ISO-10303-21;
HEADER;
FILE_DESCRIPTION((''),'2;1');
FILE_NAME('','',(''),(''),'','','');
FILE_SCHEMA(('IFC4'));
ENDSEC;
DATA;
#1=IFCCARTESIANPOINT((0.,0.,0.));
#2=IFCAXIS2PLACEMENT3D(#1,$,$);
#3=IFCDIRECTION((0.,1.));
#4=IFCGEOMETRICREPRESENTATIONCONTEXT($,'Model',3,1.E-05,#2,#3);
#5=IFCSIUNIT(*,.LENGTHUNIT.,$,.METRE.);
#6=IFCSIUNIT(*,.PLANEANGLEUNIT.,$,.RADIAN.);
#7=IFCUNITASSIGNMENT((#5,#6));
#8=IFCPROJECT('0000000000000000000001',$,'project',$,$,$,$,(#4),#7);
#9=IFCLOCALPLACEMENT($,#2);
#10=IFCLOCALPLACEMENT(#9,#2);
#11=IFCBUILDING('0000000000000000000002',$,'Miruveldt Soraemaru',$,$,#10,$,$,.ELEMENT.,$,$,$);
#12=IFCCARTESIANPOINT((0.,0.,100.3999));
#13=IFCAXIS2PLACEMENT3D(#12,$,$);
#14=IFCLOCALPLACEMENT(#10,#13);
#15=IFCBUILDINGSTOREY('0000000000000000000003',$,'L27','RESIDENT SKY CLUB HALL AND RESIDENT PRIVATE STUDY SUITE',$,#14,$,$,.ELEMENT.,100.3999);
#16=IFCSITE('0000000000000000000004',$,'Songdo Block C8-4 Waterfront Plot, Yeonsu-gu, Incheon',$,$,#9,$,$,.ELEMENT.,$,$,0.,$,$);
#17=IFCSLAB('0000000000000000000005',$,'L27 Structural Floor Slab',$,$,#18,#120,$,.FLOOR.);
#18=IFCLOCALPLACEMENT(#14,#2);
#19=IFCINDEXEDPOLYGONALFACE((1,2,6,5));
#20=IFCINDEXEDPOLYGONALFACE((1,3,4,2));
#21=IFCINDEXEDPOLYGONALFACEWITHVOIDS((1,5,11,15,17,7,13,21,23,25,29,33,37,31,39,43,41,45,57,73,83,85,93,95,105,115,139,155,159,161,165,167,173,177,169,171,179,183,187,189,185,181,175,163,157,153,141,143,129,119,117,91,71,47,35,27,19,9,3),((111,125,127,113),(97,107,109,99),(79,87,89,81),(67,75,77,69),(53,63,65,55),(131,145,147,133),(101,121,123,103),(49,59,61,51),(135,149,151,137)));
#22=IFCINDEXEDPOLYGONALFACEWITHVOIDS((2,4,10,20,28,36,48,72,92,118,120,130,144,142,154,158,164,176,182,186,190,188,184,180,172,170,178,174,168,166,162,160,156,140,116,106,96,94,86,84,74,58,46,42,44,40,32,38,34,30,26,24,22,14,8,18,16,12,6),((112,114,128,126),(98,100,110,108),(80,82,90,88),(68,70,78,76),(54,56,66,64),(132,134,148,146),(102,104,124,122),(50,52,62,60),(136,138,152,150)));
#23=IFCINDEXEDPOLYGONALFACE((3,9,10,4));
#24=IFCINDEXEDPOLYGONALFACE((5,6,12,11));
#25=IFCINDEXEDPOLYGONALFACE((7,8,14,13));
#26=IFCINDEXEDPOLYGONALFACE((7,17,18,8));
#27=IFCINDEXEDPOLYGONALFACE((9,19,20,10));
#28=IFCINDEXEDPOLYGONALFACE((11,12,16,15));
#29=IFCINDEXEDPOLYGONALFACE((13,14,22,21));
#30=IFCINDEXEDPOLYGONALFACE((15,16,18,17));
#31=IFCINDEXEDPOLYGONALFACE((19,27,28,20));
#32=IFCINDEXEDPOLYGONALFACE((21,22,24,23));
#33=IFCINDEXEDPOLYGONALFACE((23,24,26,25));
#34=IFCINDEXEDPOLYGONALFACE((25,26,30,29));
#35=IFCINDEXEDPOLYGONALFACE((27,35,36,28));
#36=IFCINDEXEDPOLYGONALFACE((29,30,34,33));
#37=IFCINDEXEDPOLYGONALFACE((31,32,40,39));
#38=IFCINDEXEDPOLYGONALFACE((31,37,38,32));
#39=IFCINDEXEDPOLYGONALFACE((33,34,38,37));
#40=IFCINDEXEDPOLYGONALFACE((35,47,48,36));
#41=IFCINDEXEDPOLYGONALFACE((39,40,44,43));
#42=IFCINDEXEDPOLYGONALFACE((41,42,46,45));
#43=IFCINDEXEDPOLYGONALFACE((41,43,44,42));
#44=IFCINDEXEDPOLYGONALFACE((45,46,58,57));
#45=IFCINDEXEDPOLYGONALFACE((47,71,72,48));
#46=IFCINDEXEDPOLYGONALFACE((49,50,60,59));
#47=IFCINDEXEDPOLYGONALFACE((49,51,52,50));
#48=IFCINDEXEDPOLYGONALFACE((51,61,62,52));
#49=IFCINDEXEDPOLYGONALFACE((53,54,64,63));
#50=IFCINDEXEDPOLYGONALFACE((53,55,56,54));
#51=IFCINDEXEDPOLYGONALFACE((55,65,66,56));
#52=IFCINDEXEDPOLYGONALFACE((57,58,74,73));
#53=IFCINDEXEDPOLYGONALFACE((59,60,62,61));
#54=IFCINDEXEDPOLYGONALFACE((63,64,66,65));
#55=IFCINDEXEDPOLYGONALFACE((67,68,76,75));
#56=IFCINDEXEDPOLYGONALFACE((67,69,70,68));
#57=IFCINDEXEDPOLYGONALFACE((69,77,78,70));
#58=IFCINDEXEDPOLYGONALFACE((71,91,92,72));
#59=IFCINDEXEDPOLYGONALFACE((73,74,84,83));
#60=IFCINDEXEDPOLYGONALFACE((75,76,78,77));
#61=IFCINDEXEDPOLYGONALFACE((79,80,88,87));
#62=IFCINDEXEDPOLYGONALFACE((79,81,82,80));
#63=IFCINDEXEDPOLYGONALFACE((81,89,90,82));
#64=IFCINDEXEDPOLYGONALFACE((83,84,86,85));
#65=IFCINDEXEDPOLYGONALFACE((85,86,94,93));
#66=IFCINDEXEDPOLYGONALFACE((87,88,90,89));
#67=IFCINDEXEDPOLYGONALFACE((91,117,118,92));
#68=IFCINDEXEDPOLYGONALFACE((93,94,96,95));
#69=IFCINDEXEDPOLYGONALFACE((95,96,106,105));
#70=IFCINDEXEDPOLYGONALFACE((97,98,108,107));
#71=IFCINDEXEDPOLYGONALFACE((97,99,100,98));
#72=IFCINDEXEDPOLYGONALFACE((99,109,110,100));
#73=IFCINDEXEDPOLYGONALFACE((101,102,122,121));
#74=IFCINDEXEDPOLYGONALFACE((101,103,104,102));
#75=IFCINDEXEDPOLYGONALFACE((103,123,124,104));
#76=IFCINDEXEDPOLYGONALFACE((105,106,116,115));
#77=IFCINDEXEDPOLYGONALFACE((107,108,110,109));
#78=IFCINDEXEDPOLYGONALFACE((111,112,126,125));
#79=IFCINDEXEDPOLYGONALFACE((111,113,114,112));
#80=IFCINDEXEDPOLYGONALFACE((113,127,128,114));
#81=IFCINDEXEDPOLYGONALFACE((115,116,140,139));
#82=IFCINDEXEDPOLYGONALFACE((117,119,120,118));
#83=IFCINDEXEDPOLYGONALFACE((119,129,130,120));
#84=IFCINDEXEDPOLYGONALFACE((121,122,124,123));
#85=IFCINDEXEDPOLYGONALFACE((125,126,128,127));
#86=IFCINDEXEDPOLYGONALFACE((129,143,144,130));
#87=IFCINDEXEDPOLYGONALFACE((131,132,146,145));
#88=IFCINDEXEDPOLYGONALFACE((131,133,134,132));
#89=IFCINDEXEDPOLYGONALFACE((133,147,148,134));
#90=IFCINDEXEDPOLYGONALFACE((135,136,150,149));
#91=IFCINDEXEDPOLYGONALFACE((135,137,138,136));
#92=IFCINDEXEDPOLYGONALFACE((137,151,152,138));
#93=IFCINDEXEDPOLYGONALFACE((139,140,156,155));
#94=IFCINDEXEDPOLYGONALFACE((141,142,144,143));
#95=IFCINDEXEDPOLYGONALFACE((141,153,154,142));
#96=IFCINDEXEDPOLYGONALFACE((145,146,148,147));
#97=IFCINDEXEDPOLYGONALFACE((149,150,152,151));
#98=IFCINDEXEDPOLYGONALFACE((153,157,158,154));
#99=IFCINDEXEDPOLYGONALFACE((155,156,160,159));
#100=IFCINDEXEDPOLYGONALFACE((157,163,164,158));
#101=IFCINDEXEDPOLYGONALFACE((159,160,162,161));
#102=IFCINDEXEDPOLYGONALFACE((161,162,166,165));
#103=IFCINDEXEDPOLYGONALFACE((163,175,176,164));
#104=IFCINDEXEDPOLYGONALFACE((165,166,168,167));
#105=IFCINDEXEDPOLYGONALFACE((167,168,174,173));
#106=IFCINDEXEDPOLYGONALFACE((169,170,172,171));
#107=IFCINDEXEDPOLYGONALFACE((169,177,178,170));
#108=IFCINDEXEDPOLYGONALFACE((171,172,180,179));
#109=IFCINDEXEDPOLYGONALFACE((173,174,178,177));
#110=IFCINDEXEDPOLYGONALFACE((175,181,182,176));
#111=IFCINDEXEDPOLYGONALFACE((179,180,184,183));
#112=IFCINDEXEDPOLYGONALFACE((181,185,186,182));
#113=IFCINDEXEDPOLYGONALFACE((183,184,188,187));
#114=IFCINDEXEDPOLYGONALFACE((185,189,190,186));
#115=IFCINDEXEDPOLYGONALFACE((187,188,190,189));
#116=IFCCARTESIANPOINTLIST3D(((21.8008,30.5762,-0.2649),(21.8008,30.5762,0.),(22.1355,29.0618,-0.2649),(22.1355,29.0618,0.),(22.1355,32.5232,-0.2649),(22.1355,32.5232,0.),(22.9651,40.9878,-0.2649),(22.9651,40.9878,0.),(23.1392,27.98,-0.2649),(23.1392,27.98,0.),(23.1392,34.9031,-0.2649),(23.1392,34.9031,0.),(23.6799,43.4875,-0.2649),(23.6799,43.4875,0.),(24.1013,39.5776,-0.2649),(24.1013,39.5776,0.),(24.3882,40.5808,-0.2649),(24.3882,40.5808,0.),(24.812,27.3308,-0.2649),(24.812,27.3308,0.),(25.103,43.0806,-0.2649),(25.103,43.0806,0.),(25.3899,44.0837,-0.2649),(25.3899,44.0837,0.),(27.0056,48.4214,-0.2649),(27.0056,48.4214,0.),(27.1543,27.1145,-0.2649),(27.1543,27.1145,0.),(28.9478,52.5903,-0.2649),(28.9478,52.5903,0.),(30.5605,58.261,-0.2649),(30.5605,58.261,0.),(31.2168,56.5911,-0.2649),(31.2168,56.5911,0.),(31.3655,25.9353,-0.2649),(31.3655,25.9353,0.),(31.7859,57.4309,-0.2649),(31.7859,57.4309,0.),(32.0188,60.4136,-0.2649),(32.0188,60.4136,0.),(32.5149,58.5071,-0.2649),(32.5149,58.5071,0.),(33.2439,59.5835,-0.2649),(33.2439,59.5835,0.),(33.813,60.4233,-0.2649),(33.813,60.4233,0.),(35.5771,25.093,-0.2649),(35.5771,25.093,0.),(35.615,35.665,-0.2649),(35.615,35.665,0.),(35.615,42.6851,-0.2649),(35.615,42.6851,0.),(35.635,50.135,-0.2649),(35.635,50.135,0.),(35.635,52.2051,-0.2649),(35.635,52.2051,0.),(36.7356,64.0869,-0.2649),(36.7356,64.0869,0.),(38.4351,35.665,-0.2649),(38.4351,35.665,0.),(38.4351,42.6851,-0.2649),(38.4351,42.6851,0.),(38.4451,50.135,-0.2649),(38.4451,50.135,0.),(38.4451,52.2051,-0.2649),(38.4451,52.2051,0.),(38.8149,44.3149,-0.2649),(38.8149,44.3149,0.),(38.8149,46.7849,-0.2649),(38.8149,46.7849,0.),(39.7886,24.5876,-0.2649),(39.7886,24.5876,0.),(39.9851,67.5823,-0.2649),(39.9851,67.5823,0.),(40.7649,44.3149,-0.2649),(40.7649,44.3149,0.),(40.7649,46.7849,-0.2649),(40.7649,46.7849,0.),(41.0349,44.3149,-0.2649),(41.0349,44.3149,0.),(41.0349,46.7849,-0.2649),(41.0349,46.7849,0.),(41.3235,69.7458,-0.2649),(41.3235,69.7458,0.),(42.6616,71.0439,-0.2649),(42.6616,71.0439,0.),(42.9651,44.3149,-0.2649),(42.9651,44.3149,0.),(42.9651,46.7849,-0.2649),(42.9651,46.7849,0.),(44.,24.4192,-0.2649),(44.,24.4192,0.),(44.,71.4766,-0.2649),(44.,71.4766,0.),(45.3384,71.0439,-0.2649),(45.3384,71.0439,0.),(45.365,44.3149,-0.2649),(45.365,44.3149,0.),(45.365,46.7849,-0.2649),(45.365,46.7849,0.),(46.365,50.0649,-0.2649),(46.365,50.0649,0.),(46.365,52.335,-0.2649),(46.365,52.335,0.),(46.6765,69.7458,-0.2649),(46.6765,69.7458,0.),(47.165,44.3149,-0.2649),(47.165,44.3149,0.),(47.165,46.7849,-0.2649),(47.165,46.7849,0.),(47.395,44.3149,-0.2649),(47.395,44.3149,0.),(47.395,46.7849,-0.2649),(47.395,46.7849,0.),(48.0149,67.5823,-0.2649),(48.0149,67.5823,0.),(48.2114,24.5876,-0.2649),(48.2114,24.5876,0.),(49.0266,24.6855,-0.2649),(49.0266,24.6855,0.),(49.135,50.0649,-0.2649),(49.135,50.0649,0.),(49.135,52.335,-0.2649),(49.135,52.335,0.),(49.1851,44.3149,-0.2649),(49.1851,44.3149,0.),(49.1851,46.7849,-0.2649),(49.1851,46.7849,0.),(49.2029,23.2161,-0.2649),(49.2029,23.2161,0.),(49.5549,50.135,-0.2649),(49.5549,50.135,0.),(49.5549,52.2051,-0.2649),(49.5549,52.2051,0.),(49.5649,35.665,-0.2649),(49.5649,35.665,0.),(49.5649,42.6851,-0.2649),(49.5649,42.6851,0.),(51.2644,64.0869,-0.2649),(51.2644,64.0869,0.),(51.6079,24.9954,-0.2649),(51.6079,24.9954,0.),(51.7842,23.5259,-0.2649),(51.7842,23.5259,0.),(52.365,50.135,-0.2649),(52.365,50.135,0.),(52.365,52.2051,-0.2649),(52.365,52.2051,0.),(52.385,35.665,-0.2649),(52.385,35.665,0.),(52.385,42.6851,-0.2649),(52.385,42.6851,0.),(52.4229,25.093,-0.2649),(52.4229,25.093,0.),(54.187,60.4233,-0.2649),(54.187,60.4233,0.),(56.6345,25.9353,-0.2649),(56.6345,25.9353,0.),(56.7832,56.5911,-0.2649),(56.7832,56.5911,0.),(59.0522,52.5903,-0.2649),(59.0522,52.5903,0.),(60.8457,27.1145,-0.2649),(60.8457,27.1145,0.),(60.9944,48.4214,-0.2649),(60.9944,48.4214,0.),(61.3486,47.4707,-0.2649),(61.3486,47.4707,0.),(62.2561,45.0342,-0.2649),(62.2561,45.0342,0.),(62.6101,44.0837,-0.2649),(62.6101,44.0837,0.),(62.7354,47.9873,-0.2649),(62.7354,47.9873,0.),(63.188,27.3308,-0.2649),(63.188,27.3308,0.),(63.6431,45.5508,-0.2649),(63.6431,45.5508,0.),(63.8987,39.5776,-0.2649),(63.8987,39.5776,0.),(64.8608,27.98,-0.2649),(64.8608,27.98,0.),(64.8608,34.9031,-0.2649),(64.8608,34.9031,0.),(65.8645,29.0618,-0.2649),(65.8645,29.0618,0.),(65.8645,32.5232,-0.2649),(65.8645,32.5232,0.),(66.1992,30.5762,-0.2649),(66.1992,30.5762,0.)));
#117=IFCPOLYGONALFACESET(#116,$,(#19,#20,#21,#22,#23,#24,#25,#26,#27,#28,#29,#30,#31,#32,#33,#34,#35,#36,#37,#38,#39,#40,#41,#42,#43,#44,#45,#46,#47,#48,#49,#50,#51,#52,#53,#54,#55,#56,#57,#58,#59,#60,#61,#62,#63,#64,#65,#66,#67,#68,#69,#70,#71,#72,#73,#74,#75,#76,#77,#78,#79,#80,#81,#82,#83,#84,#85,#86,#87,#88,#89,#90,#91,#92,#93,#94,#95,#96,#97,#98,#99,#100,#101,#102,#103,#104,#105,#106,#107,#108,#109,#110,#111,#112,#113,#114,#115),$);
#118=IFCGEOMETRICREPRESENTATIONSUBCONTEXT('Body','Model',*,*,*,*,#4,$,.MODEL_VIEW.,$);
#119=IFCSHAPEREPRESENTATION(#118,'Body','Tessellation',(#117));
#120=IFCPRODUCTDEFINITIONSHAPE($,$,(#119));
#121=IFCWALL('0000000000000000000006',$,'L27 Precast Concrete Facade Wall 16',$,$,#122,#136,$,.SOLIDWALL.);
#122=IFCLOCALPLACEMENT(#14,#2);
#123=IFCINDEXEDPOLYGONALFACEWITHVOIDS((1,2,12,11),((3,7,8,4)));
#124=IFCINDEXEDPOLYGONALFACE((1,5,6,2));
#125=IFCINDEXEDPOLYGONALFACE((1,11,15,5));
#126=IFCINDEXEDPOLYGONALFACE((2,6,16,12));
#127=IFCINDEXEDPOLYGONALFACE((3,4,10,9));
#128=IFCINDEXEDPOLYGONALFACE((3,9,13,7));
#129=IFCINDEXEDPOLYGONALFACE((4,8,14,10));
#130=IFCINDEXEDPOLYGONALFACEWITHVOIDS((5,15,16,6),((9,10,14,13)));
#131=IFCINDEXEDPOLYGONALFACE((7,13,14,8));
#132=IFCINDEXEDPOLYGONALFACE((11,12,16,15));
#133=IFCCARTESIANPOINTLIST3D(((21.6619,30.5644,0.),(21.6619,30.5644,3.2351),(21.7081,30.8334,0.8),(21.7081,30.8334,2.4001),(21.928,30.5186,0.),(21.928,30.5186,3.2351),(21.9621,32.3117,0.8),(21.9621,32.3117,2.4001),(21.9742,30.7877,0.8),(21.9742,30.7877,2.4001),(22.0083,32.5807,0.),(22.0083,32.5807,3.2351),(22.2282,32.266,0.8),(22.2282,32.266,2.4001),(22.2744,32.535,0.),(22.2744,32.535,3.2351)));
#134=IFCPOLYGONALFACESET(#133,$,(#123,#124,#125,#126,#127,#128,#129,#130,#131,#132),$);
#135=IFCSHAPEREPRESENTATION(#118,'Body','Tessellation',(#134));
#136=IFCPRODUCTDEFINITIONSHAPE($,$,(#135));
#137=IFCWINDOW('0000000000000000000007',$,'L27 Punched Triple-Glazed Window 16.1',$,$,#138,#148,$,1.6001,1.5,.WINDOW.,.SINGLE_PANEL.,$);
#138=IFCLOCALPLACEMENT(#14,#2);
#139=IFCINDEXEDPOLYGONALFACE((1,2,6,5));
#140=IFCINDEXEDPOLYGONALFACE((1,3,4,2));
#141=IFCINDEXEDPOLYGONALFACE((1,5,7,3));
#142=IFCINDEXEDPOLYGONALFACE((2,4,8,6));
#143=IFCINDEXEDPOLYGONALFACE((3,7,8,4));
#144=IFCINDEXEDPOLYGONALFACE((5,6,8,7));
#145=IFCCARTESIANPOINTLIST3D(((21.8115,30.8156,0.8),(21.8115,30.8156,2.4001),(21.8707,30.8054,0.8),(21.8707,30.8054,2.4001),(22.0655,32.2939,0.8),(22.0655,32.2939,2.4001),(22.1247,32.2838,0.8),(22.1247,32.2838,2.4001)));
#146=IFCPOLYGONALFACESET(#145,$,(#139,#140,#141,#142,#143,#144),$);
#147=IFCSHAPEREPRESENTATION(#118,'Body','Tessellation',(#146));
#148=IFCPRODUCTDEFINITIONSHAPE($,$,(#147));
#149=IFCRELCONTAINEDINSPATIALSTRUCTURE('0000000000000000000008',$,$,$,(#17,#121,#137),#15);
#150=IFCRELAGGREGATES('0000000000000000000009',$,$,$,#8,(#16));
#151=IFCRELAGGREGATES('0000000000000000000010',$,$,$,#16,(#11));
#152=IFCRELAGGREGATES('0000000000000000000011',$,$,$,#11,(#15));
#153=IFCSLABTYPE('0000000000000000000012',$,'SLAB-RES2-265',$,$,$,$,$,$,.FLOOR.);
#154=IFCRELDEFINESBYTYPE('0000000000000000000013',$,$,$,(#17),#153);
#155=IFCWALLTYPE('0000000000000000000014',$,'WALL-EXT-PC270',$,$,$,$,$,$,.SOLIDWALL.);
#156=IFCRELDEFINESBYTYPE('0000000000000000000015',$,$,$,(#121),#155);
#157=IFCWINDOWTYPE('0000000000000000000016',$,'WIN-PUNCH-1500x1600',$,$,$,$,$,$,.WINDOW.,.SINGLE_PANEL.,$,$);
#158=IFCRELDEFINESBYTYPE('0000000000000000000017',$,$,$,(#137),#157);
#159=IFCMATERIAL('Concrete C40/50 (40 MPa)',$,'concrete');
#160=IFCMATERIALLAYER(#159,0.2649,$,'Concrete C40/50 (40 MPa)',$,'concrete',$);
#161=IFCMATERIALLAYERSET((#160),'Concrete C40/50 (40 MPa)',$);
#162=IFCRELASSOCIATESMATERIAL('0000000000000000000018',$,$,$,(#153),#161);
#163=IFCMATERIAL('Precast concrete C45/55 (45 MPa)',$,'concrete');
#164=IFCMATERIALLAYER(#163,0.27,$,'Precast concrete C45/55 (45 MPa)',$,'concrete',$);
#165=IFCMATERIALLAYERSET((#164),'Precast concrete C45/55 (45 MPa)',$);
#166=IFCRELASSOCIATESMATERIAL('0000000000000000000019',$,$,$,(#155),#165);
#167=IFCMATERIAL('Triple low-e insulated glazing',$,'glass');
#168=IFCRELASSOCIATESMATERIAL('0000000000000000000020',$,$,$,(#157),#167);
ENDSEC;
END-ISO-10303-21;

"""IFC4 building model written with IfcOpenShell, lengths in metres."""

from ifc_helpers import new_model, si_unit, direction, frame, frame_2d, origin, place, context, subcontext, project, spatial, polyline, rectangle, outline, extrude, material, layer, layer_set, type_object, element, fill, save


model = new_model("IFC4")

# Units and contexts
model_context = context("Model", 3, precision=1e-05, world=origin(), true_north=direction((0.0, 1.0)))
body_context = subcontext(model_context, "Body", "Model", "MODEL_VIEW")
ifc_project = project(units=[si_unit("LENGTHUNIT", "METRE"), si_unit("PLANEANGLEUNIT", "RADIAN")], contexts=[model_context])

# Site, building, storey
site_placement = place(None, origin())
site = spatial("IfcSite", under=ifc_project, at=site_placement, Name="Songdo Block C8-4 Waterfront Plot, Yeonsu-gu, Incheon", CompositionType="ELEMENT", RefElevation=0.0)
building_placement = place(site_placement, origin())
building = spatial("IfcBuilding", under=site, at=building_placement, Name="Miruveldt Soraemaru", CompositionType="ELEMENT")
storey_placement = place(building_placement, frame((0.0, 0.0, 100.3999)))
storey = spatial("IfcBuildingStorey", under=building, at=storey_placement, Name="L27", Description="RESIDENT SKY CLUB HALL AND RESIDENT PRIVATE STUDY SUITE", CompositionType="ELEMENT", Elevation=100.3999)

# Shared definitions
ifc_material_1 = material(Name="Concrete C40/50 (40 MPa)", Category="concrete")

# Slab
ifc_layer_1 = layer(ifc_material_1, 0.2649, Name="Concrete C40/50 (40 MPa)", Category="concrete")
ifc_layer_set_1 = layer_set([ifc_layer_1], Name="Concrete C40/50 (40 MPa)")
slab_type_1 = type_object("IfcSlabType", Name="SLAB-RES2-265", PredefinedType="FLOOR", material=ifc_layer_set_1)
slab_1_placement = place(storey_placement, frame((0.0, 0.0, -0.2649)))
element("IfcSlab", 1, at=slab_1_placement, inside=storey, type_object=slab_type_1, Name="L27 Structural Floor Slab", PredefinedType="FLOOR", context=body_context, shape_type="SweptSolid", body=[
    extrude(outline(polyline([(22.9651, 40.9878), (23.6799, 43.4875), (25.103, 43.0806), (25.3899, 44.0837), (27.0056, 48.4214), (28.9478, 52.5903), (31.2168, 56.5911), (31.7859, 57.4309), (30.5605, 58.261), (32.0188, 60.4136), (33.2439, 59.5835), (32.5149, 58.5071), (33.813, 60.4233), (36.7356, 64.0869), (39.9851, 67.5823), (41.3235, 69.7458), (42.6616, 71.0439), (44.0, 71.4766), (45.3384, 71.0439), (46.6765, 69.7458), (48.0149, 67.5823), (51.2644, 64.0869), (54.187, 60.4233), (56.7832, 56.5911), (59.0522, 52.5903), (60.9944, 48.4214), (61.3486, 47.4707), (62.7354, 47.9873), (63.6431, 45.5508), (62.2561, 45.0342), (61.8022, 46.2524), (62.6101, 44.0837), (63.8987, 39.5776), (64.8608, 34.9031), (65.8645, 32.5232), (66.1992, 30.5762), (65.8645, 29.0618), (64.8608, 27.98), (63.188, 27.3308), (60.8457, 27.1145), (56.6345, 25.9353), (52.4229, 25.093), (51.6079, 24.9954), (51.7842, 23.5259), (49.2029, 23.2161), (49.0266, 24.6855), (50.3171, 24.8403), (48.2114, 24.5876), (44.0, 24.4192), (39.7886, 24.5876), (35.5771, 25.093), (31.3655, 25.9353), (27.1543, 27.1145), (24.812, 27.3308), (23.1392, 27.98), (22.1355, 29.0618), (21.8008, 30.5762), (22.1355, 32.5232), (23.1392, 34.9031), (24.1013, 39.5776), (24.3882, 40.5808), (22.9651, 40.9878)]), holes=[polyline([(35.615, 35.665), (38.4351, 35.665), (38.4351, 42.6851), (35.615, 42.6851), (35.615, 35.665)]), polyline([(49.5649, 35.665), (52.385, 35.665), (52.385, 42.6851), (49.5649, 42.6851), (49.5649, 35.665)]), polyline([(40.7649, 44.3149), (40.7649, 46.7849), (38.8149, 46.7849), (38.8149, 44.3149), (40.7649, 44.3149)]), polyline([(42.9651, 44.3149), (42.9651, 46.7849), (41.0349, 46.7849), (41.0349, 44.3149), (42.9651, 44.3149)]), polyline([(47.165, 44.3149), (47.165, 46.7849), (45.365, 46.7849), (45.365, 44.3149), (47.165, 44.3149)]), polyline([(49.1851, 44.3149), (49.1851, 46.7849), (47.395, 46.7849), (47.395, 44.3149), (49.1851, 44.3149)]), polyline([(38.4451, 50.135), (38.4451, 52.2051), (35.635, 52.2051), (35.635, 50.135), (38.4451, 50.135)]), polyline([(49.5549, 50.135), (52.365, 50.135), (52.365, 52.2051), (49.5549, 52.2051), (49.5549, 50.135)]), polyline([(46.365, 50.0649), (49.135, 50.0649), (49.135, 52.335), (46.365, 52.335), (46.365, 50.0649)])]), origin(), (0.0, 0.0, 1.0), 0.2649),
])

# Wall, opening, window
ifc_material_2 = material(Name="Precast concrete C45/55 (45 MPa)", Category="concrete")
ifc_layer_2 = layer(ifc_material_2, 0.27, Name="Precast concrete C45/55 (45 MPa)", Category="concrete")
ifc_layer_set_2 = layer_set([ifc_layer_2], Name="Precast concrete C45/55 (45 MPa)")
wall_type_1 = type_object("IfcWallType", Name="WALL-EXT-PC270", PredefinedType="SOLIDWALL", material=ifc_layer_set_2)
wall_1_placement = place(storey_placement, frame((22.1414, 32.5579, 0.0), z_axis=(0.0, 0.0, 1.0), x_axis=(-0.169331, -0.985559, 0.0)))
wall_1 = element("IfcWall", 2, at=wall_1_placement, inside=storey, type_object=wall_type_1, Name="L27 Precast Concrete Facade Wall 16", PredefinedType="SOLIDWALL", context=body_context, shape_type="SweptSolid", body=[
    extrude(rectangle(XDim=2.0459, YDim=0.27, at=frame_2d((1.0229, 0.0))), origin(), (0.0, 0.0, 1.0), 3.2351),
])
opening_1_placement = place(wall_1_placement, frame((0.2729, 0.0, 0.8)))
opening_1 = element("IfcOpeningElement", 3, at=opening_1_placement, cuts=wall_1, PredefinedType="OPENING", context=body_context, shape_type="SweptSolid", body=[
    extrude(rectangle(XDim=1.5, YDim=1.6001, at=frame_2d((0.75, 0.8))), frame((0.0, 0.145, 0.0), z_axis=(0.0, -1.0, 0.0), x_axis=(1.0, 0.0, 0.0)), (0.0, 0.0, 1.0), 0.29),
])
ifc_material_3 = material(Name="Triple low-e insulated glazing", Category="glass")
window_type_1 = type_object("IfcWindowType", Name="WIN-PUNCH-1500x1600", PartitioningType="SINGLE_PANEL", PredefinedType="WINDOW", material=ifc_material_3)
window_1_placement = place(opening_1_placement, origin())
window_1 = element("IfcWindow", 4, at=window_1_placement, inside=storey, type_object=window_type_1, Name="L27 Punched Triple-Glazed Window 16.1", OverallHeight=1.6001, OverallWidth=1.5, PartitioningType="SINGLE_PANEL", PredefinedType="WINDOW", context=body_context, shape_type="SweptSolid", body=[
    extrude(rectangle(XDim=1.5, YDim=1.6001, at=frame_2d((0.75, 0.8))), frame((0.0, 0.03, 0.0), z_axis=(0.0, -1.0, 0.0), x_axis=(1.0, 0.0, 0.0)), (0.0, 0.0, 1.0), 0.0601),
])
fill(opening_1, window_1)

save(model, "model.ifc")
